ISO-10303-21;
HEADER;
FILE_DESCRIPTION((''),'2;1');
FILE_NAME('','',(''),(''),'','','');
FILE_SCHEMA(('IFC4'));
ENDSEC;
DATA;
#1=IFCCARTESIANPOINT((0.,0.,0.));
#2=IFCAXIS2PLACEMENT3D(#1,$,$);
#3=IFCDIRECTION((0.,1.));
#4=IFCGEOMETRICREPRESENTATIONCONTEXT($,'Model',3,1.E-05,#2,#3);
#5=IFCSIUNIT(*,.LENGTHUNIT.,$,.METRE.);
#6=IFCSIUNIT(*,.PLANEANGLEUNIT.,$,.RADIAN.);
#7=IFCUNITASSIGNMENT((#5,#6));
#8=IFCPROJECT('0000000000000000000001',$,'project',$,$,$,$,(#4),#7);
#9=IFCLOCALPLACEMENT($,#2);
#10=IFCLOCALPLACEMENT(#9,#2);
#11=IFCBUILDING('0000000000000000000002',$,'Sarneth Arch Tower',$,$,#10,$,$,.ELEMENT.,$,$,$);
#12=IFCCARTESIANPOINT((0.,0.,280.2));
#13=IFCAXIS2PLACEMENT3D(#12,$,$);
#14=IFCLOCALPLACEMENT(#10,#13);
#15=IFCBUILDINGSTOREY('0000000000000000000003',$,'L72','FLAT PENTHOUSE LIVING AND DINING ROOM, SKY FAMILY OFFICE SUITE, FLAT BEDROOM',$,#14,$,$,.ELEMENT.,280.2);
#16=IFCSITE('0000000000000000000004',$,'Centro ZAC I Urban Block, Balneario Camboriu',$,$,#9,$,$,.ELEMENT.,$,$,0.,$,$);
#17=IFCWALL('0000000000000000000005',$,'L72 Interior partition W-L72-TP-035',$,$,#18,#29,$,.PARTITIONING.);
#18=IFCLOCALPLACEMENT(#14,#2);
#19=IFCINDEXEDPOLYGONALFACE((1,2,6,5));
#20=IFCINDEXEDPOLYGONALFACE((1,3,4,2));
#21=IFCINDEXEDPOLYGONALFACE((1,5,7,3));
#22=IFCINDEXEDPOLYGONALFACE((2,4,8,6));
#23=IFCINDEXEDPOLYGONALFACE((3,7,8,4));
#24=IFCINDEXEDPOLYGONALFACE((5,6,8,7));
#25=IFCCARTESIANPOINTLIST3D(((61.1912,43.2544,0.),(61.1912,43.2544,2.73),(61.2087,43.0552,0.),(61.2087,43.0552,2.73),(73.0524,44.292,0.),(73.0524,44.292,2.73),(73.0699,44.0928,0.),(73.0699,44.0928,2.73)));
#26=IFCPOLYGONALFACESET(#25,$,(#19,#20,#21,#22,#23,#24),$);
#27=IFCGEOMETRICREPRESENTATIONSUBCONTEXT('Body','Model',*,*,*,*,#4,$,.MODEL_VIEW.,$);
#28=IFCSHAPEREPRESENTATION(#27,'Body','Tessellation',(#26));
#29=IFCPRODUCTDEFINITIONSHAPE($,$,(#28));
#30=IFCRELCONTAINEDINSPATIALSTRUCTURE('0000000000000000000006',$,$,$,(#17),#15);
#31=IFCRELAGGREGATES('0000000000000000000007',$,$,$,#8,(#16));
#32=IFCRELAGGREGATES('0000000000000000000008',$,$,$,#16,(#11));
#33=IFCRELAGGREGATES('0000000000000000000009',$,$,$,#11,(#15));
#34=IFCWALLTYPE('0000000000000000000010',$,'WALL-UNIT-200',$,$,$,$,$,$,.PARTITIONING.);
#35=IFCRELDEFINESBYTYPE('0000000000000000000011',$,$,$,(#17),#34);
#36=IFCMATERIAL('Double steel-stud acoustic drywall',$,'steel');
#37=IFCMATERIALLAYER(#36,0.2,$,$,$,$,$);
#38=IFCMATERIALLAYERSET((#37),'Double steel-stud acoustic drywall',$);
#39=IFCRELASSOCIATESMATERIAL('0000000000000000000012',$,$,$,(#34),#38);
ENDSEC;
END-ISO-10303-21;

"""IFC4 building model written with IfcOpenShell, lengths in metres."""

from ifc_helpers import new_model, si_unit, direction, frame, frame_2d, origin, place, context, subcontext, project, spatial, rectangle, extrude, material, layer, layer_set, type_object, element, save


model = new_model("IFC4")

# Units and contexts
model_context = context("Model", 3, precision=1e-05, world=origin(), true_north=direction((0.0, 1.0)))
body_context = subcontext(model_context, "Body", "Model", "MODEL_VIEW")
ifc_project = project(units=[si_unit("LENGTHUNIT", "METRE"), si_unit("PLANEANGLEUNIT", "RADIAN")], contexts=[model_context])

# Site, building, storey
site_placement = place(None, origin())
site = spatial("IfcSite", under=ifc_project, at=site_placement, Name="Centro ZAC I Urban Block, Balneario Camboriu", CompositionType="ELEMENT", RefElevation=0.0)
building_placement = place(site_placement, origin())
building = spatial("IfcBuilding", under=site, at=building_placement, Name="Sarneth Arch Tower", CompositionType="ELEMENT")
storey_placement = place(building_placement, frame((0.0, 0.0, 280.2)))
storey = spatial("IfcBuildingStorey", under=building, at=storey_placement, Name="L72", Description="FLAT PENTHOUSE LIVING AND DINING ROOM, SKY FAMILY OFFICE SUITE, FLAT BEDROOM", CompositionType="ELEMENT", Elevation=280.2)

# Wall
ifc_material_1 = material(Name="Double steel-stud acoustic drywall", Category="steel")
ifc_layer_1 = layer(ifc_material_1, 0.2)
ifc_layer_set_1 = layer_set([ifc_layer_1], Name="Double steel-stud acoustic drywall")
wall_type_1 = type_object("IfcWallType", Name="WALL-UNIT-200", PredefinedType="PARTITIONING", material=ifc_layer_set_1)
wall_1_placement = place(storey_placement, frame((73.061, 44.1924, 0.0), z_axis=(0.0, 0.0, 1.0), x_axis=(-0.996196, -0.087146, 0.0)))
element("IfcWall", 1, at=wall_1_placement, inside=storey, type_object=wall_type_1, Name="L72 Interior partition W-L72-TP-035", PredefinedType="PARTITIONING", context=body_context, shape_type="SweptSolid", body=[
    extrude(rectangle(XDim=11.9065, YDim=0.2, at=frame_2d((5.9531, 0.0))), origin(), (0.0, 0.0, 1.0), 2.73),
])

save(model, "model.ifc")
